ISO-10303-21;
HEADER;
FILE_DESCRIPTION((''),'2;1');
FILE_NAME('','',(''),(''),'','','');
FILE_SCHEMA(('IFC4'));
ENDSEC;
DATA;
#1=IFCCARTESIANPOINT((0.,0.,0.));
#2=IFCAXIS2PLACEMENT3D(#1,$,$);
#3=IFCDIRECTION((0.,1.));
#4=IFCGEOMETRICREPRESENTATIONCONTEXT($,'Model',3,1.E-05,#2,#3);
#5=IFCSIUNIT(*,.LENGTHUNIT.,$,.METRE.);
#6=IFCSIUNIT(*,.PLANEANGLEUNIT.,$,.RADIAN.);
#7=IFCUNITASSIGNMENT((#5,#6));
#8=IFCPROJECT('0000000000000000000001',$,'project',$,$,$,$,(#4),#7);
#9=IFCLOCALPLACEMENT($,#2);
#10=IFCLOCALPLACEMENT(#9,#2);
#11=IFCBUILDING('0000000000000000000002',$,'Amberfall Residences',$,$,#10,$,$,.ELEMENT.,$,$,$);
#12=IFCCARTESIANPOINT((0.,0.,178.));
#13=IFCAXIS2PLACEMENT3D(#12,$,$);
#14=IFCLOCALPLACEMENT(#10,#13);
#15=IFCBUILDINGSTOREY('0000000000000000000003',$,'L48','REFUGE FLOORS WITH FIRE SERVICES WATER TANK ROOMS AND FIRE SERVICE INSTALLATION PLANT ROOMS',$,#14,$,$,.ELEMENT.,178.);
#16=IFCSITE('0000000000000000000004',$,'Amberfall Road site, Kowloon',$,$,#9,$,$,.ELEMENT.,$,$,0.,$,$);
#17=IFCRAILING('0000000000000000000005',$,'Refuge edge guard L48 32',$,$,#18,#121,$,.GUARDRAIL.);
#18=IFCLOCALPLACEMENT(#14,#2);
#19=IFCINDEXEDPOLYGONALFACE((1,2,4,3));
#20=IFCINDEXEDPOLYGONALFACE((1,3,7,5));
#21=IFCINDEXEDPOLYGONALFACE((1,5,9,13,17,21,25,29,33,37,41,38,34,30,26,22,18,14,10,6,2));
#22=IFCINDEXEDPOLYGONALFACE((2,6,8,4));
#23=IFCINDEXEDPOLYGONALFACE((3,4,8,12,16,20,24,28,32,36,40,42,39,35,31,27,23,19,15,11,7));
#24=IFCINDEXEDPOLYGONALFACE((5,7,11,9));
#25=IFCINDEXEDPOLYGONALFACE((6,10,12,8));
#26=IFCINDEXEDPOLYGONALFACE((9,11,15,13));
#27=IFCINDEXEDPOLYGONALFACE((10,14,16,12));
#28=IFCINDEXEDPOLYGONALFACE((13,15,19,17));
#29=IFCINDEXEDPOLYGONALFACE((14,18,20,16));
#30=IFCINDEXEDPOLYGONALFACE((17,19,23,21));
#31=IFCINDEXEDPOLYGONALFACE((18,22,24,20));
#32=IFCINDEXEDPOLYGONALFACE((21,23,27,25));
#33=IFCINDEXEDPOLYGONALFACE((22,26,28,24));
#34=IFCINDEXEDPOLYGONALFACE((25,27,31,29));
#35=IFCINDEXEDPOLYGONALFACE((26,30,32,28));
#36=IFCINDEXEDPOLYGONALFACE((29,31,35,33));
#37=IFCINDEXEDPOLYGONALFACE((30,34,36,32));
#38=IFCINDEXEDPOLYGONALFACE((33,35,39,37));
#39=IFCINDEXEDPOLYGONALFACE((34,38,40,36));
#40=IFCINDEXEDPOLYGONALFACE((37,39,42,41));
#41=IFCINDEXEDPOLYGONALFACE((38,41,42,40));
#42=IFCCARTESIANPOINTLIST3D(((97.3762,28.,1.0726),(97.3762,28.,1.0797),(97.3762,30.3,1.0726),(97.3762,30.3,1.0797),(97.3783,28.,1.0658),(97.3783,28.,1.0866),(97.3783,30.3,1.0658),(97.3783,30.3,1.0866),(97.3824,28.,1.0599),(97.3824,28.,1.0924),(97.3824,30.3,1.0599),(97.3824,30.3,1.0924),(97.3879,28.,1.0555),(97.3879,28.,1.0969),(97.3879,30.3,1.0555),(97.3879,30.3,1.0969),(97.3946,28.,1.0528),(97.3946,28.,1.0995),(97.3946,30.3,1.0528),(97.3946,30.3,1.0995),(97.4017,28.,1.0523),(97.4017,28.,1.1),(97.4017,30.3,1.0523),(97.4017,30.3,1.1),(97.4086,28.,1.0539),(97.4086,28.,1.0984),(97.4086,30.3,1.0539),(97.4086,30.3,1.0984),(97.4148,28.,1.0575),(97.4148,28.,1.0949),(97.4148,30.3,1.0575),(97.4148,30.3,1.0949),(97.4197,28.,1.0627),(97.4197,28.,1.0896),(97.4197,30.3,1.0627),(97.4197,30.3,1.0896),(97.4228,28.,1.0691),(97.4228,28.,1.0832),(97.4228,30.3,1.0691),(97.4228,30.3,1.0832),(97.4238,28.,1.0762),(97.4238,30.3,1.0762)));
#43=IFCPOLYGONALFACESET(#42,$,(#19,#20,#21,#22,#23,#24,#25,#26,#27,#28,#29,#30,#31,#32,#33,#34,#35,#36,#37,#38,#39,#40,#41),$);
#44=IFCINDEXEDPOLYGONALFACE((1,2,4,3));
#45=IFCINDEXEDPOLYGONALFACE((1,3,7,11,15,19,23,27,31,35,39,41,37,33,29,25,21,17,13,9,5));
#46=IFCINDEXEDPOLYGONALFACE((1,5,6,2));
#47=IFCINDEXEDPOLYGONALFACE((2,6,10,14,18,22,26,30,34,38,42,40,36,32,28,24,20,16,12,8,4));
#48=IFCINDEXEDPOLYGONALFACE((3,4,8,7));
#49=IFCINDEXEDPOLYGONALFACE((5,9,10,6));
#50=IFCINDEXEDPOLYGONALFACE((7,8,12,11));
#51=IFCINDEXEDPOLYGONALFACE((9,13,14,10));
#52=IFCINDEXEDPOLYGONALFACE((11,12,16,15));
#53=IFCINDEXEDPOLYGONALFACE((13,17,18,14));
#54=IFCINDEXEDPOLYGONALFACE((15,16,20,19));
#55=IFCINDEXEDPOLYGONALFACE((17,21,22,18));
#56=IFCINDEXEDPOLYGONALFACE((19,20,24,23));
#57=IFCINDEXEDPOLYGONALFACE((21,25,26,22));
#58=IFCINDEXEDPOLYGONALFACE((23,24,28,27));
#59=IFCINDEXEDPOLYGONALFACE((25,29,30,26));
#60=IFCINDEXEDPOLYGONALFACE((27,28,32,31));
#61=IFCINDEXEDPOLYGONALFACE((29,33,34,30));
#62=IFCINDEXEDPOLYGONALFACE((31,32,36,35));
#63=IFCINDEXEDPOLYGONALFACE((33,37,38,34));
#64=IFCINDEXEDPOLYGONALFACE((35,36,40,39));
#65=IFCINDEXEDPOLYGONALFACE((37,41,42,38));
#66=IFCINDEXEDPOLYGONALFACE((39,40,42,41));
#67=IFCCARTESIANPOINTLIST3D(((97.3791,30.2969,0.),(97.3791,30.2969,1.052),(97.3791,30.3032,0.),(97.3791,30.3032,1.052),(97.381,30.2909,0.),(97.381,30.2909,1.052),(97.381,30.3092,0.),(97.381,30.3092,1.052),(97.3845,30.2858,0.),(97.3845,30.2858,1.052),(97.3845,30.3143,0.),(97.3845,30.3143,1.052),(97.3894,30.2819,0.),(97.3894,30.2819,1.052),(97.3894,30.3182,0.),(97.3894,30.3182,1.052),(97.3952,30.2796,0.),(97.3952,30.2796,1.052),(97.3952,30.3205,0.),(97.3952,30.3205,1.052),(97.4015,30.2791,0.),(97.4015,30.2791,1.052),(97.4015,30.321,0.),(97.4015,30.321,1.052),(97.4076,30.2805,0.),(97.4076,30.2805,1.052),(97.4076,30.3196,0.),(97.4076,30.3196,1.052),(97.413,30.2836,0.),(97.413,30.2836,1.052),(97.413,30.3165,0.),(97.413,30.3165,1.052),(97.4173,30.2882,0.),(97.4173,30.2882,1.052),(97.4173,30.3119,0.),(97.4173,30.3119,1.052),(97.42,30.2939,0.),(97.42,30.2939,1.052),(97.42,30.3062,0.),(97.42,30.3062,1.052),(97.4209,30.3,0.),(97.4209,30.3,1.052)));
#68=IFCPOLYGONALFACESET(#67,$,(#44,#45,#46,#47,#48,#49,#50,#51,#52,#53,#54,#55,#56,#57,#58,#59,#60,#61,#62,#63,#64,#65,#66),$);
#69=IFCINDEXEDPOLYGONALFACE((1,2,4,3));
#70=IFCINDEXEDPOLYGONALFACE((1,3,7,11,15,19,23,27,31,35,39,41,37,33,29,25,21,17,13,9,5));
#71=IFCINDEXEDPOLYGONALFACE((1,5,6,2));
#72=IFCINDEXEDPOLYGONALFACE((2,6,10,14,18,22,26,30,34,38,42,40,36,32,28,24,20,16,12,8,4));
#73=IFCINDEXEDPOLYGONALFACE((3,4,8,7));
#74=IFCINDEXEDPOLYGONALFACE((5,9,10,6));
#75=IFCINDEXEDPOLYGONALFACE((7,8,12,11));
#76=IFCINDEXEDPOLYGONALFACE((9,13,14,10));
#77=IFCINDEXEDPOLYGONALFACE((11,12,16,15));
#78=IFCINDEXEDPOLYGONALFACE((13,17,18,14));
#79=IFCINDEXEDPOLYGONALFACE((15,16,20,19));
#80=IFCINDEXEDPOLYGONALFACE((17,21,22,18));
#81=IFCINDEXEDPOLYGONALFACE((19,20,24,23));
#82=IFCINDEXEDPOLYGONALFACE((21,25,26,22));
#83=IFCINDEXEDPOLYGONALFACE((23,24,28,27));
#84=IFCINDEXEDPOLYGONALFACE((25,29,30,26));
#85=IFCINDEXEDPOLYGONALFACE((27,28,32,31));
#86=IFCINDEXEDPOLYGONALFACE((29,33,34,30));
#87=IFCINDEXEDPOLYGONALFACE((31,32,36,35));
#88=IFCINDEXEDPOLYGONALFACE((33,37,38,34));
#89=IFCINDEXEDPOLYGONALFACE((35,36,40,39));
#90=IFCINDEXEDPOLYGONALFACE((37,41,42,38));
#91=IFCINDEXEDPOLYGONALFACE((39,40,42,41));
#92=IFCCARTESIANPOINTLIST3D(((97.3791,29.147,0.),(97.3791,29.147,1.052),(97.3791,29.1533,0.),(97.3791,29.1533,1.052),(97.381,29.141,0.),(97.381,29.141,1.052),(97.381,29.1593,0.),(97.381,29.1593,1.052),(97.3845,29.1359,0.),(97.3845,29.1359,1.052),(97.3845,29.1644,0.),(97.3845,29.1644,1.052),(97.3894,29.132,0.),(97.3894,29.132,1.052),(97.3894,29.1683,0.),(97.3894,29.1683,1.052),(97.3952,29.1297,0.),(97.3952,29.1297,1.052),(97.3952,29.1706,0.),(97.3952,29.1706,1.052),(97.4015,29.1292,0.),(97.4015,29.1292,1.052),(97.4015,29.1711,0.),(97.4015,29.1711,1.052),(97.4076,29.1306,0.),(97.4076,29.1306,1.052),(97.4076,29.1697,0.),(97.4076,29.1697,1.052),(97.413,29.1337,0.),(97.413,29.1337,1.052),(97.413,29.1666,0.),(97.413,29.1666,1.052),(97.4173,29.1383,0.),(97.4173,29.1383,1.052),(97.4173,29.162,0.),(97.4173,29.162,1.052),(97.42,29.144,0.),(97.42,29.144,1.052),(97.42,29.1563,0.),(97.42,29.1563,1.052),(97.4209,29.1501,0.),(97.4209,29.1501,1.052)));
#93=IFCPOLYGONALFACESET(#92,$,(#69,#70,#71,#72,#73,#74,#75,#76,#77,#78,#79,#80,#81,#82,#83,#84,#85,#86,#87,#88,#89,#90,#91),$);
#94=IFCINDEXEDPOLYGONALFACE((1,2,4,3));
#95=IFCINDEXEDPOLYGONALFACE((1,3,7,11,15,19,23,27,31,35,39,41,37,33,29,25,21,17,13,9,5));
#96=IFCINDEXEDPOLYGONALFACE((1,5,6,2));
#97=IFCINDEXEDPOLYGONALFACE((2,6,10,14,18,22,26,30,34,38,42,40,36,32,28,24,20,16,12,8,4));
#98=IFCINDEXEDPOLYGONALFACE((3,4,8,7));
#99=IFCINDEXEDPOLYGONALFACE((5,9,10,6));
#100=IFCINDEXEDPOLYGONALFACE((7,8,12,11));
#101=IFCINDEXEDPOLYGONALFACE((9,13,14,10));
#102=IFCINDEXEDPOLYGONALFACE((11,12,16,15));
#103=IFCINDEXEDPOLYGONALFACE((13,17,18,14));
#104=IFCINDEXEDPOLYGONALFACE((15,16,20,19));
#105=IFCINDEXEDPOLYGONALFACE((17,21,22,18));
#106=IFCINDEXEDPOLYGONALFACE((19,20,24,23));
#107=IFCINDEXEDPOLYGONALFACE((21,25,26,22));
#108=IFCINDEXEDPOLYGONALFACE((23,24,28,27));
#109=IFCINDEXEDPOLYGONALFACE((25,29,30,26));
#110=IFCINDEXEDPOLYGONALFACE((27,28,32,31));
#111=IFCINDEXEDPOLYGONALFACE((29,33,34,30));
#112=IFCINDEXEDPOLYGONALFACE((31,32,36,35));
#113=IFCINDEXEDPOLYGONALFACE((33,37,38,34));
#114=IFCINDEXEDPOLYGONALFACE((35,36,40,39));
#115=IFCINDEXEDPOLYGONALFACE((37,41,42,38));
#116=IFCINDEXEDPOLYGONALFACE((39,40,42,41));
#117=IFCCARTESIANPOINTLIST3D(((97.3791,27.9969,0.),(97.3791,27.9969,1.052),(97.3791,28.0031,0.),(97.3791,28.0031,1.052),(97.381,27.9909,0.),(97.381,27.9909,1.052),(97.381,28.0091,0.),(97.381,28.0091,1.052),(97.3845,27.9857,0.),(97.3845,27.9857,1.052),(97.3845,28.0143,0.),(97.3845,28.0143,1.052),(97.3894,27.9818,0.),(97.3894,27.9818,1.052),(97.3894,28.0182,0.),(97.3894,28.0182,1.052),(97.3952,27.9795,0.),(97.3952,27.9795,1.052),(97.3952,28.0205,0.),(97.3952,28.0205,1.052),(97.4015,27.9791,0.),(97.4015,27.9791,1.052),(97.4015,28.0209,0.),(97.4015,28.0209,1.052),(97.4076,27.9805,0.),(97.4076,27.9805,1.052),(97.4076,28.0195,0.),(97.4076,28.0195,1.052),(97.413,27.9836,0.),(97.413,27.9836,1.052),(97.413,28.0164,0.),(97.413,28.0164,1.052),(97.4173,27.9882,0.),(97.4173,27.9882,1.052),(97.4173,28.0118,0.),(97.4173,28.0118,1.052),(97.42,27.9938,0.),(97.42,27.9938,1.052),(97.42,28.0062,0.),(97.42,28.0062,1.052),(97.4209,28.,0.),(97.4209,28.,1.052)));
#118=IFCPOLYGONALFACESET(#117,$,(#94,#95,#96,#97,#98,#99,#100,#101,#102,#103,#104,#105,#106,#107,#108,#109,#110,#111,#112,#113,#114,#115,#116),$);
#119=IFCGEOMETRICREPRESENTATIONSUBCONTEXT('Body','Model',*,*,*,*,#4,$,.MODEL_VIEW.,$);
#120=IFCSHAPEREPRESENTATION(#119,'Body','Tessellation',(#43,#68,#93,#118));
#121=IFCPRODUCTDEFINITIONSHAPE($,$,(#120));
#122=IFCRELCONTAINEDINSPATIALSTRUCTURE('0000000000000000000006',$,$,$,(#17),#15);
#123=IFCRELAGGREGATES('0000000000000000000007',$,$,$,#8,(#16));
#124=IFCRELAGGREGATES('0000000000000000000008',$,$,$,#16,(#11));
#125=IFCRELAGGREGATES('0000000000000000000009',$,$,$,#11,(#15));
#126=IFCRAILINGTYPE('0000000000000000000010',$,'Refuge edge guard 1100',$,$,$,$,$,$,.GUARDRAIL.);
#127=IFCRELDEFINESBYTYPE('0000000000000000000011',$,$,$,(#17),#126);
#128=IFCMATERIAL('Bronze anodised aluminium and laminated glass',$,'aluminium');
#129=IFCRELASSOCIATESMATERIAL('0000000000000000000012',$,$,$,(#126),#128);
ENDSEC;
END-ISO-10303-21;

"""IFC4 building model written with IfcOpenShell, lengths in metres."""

from ifc_helpers import new_model, si_unit, direction, frame, origin, origin_2d, place, context, subcontext, project, spatial, circle, extrude, material, type_object, element, save


model = new_model("IFC4")

# Units and contexts
model_context = context("Model", 3, precision=1e-05, world=origin(), true_north=direction((0.0, 1.0)))
body_context = subcontext(model_context, "Body", "Model", "MODEL_VIEW")
ifc_project = project(units=[si_unit("LENGTHUNIT", "METRE"), si_unit("PLANEANGLEUNIT", "RADIAN")], contexts=[model_context])

# Site, building, storey
site_placement = place(None, origin())
site = spatial("IfcSite", under=ifc_project, at=site_placement, Name="Amberfall Road site, Kowloon", CompositionType="ELEMENT", RefElevation=0.0)
building_placement = place(site_placement, origin())
building = spatial("IfcBuilding", under=site, at=building_placement, Name="Amberfall Residences", CompositionType="ELEMENT")
storey_placement = place(building_placement, frame((0.0, 0.0, 178.0)))
storey = spatial("IfcBuildingStorey", under=building, at=storey_placement, Name="L48", Description="REFUGE FLOORS WITH FIRE SERVICES WATER TANK ROOMS AND FIRE SERVICE INSTALLATION PLANT ROOMS", CompositionType="ELEMENT", Elevation=178.0)

# Railing
ifc_material_1 = material(Name="Bronze anodised aluminium and laminated glass", Category="aluminium")
railing_type = type_object("IfcRailingType", Name="Refuge edge guard 1100", PredefinedType="GUARDRAIL", material=ifc_material_1)
railing_1_placement = place(storey_placement, frame((97.3999, 30.3, 0.0)))
element("IfcRailing", 1, at=railing_1_placement, inside=storey, type_object=railing_type, Name="Refuge edge guard L48 32", PredefinedType="GUARDRAIL", context=body_context, shape_type="SweptSolid", body=[
    extrude(circle(Radius=0.0239, at=origin_2d()), frame((0.0, 0.0, 1.0762), z_axis=(0.0, -1.0, 0.0), x_axis=(1.0, 0.0, 0.0)), (0.0, 0.0, 1.0), 2.3),
    extrude(circle(Radius=0.021, at=origin_2d()), origin(), (0.0, 0.0, 1.0), 1.052),
    extrude(circle(Radius=0.021, at=origin_2d()), frame((0.0, -1.1499, 0.0)), (0.0, 0.0, 1.0), 1.052),
    extrude(circle(Radius=0.021, at=origin_2d()), frame((0.0, -2.3, 0.0)), (0.0, 0.0, 1.0), 1.052),
])

save(model, "model.ifc")
